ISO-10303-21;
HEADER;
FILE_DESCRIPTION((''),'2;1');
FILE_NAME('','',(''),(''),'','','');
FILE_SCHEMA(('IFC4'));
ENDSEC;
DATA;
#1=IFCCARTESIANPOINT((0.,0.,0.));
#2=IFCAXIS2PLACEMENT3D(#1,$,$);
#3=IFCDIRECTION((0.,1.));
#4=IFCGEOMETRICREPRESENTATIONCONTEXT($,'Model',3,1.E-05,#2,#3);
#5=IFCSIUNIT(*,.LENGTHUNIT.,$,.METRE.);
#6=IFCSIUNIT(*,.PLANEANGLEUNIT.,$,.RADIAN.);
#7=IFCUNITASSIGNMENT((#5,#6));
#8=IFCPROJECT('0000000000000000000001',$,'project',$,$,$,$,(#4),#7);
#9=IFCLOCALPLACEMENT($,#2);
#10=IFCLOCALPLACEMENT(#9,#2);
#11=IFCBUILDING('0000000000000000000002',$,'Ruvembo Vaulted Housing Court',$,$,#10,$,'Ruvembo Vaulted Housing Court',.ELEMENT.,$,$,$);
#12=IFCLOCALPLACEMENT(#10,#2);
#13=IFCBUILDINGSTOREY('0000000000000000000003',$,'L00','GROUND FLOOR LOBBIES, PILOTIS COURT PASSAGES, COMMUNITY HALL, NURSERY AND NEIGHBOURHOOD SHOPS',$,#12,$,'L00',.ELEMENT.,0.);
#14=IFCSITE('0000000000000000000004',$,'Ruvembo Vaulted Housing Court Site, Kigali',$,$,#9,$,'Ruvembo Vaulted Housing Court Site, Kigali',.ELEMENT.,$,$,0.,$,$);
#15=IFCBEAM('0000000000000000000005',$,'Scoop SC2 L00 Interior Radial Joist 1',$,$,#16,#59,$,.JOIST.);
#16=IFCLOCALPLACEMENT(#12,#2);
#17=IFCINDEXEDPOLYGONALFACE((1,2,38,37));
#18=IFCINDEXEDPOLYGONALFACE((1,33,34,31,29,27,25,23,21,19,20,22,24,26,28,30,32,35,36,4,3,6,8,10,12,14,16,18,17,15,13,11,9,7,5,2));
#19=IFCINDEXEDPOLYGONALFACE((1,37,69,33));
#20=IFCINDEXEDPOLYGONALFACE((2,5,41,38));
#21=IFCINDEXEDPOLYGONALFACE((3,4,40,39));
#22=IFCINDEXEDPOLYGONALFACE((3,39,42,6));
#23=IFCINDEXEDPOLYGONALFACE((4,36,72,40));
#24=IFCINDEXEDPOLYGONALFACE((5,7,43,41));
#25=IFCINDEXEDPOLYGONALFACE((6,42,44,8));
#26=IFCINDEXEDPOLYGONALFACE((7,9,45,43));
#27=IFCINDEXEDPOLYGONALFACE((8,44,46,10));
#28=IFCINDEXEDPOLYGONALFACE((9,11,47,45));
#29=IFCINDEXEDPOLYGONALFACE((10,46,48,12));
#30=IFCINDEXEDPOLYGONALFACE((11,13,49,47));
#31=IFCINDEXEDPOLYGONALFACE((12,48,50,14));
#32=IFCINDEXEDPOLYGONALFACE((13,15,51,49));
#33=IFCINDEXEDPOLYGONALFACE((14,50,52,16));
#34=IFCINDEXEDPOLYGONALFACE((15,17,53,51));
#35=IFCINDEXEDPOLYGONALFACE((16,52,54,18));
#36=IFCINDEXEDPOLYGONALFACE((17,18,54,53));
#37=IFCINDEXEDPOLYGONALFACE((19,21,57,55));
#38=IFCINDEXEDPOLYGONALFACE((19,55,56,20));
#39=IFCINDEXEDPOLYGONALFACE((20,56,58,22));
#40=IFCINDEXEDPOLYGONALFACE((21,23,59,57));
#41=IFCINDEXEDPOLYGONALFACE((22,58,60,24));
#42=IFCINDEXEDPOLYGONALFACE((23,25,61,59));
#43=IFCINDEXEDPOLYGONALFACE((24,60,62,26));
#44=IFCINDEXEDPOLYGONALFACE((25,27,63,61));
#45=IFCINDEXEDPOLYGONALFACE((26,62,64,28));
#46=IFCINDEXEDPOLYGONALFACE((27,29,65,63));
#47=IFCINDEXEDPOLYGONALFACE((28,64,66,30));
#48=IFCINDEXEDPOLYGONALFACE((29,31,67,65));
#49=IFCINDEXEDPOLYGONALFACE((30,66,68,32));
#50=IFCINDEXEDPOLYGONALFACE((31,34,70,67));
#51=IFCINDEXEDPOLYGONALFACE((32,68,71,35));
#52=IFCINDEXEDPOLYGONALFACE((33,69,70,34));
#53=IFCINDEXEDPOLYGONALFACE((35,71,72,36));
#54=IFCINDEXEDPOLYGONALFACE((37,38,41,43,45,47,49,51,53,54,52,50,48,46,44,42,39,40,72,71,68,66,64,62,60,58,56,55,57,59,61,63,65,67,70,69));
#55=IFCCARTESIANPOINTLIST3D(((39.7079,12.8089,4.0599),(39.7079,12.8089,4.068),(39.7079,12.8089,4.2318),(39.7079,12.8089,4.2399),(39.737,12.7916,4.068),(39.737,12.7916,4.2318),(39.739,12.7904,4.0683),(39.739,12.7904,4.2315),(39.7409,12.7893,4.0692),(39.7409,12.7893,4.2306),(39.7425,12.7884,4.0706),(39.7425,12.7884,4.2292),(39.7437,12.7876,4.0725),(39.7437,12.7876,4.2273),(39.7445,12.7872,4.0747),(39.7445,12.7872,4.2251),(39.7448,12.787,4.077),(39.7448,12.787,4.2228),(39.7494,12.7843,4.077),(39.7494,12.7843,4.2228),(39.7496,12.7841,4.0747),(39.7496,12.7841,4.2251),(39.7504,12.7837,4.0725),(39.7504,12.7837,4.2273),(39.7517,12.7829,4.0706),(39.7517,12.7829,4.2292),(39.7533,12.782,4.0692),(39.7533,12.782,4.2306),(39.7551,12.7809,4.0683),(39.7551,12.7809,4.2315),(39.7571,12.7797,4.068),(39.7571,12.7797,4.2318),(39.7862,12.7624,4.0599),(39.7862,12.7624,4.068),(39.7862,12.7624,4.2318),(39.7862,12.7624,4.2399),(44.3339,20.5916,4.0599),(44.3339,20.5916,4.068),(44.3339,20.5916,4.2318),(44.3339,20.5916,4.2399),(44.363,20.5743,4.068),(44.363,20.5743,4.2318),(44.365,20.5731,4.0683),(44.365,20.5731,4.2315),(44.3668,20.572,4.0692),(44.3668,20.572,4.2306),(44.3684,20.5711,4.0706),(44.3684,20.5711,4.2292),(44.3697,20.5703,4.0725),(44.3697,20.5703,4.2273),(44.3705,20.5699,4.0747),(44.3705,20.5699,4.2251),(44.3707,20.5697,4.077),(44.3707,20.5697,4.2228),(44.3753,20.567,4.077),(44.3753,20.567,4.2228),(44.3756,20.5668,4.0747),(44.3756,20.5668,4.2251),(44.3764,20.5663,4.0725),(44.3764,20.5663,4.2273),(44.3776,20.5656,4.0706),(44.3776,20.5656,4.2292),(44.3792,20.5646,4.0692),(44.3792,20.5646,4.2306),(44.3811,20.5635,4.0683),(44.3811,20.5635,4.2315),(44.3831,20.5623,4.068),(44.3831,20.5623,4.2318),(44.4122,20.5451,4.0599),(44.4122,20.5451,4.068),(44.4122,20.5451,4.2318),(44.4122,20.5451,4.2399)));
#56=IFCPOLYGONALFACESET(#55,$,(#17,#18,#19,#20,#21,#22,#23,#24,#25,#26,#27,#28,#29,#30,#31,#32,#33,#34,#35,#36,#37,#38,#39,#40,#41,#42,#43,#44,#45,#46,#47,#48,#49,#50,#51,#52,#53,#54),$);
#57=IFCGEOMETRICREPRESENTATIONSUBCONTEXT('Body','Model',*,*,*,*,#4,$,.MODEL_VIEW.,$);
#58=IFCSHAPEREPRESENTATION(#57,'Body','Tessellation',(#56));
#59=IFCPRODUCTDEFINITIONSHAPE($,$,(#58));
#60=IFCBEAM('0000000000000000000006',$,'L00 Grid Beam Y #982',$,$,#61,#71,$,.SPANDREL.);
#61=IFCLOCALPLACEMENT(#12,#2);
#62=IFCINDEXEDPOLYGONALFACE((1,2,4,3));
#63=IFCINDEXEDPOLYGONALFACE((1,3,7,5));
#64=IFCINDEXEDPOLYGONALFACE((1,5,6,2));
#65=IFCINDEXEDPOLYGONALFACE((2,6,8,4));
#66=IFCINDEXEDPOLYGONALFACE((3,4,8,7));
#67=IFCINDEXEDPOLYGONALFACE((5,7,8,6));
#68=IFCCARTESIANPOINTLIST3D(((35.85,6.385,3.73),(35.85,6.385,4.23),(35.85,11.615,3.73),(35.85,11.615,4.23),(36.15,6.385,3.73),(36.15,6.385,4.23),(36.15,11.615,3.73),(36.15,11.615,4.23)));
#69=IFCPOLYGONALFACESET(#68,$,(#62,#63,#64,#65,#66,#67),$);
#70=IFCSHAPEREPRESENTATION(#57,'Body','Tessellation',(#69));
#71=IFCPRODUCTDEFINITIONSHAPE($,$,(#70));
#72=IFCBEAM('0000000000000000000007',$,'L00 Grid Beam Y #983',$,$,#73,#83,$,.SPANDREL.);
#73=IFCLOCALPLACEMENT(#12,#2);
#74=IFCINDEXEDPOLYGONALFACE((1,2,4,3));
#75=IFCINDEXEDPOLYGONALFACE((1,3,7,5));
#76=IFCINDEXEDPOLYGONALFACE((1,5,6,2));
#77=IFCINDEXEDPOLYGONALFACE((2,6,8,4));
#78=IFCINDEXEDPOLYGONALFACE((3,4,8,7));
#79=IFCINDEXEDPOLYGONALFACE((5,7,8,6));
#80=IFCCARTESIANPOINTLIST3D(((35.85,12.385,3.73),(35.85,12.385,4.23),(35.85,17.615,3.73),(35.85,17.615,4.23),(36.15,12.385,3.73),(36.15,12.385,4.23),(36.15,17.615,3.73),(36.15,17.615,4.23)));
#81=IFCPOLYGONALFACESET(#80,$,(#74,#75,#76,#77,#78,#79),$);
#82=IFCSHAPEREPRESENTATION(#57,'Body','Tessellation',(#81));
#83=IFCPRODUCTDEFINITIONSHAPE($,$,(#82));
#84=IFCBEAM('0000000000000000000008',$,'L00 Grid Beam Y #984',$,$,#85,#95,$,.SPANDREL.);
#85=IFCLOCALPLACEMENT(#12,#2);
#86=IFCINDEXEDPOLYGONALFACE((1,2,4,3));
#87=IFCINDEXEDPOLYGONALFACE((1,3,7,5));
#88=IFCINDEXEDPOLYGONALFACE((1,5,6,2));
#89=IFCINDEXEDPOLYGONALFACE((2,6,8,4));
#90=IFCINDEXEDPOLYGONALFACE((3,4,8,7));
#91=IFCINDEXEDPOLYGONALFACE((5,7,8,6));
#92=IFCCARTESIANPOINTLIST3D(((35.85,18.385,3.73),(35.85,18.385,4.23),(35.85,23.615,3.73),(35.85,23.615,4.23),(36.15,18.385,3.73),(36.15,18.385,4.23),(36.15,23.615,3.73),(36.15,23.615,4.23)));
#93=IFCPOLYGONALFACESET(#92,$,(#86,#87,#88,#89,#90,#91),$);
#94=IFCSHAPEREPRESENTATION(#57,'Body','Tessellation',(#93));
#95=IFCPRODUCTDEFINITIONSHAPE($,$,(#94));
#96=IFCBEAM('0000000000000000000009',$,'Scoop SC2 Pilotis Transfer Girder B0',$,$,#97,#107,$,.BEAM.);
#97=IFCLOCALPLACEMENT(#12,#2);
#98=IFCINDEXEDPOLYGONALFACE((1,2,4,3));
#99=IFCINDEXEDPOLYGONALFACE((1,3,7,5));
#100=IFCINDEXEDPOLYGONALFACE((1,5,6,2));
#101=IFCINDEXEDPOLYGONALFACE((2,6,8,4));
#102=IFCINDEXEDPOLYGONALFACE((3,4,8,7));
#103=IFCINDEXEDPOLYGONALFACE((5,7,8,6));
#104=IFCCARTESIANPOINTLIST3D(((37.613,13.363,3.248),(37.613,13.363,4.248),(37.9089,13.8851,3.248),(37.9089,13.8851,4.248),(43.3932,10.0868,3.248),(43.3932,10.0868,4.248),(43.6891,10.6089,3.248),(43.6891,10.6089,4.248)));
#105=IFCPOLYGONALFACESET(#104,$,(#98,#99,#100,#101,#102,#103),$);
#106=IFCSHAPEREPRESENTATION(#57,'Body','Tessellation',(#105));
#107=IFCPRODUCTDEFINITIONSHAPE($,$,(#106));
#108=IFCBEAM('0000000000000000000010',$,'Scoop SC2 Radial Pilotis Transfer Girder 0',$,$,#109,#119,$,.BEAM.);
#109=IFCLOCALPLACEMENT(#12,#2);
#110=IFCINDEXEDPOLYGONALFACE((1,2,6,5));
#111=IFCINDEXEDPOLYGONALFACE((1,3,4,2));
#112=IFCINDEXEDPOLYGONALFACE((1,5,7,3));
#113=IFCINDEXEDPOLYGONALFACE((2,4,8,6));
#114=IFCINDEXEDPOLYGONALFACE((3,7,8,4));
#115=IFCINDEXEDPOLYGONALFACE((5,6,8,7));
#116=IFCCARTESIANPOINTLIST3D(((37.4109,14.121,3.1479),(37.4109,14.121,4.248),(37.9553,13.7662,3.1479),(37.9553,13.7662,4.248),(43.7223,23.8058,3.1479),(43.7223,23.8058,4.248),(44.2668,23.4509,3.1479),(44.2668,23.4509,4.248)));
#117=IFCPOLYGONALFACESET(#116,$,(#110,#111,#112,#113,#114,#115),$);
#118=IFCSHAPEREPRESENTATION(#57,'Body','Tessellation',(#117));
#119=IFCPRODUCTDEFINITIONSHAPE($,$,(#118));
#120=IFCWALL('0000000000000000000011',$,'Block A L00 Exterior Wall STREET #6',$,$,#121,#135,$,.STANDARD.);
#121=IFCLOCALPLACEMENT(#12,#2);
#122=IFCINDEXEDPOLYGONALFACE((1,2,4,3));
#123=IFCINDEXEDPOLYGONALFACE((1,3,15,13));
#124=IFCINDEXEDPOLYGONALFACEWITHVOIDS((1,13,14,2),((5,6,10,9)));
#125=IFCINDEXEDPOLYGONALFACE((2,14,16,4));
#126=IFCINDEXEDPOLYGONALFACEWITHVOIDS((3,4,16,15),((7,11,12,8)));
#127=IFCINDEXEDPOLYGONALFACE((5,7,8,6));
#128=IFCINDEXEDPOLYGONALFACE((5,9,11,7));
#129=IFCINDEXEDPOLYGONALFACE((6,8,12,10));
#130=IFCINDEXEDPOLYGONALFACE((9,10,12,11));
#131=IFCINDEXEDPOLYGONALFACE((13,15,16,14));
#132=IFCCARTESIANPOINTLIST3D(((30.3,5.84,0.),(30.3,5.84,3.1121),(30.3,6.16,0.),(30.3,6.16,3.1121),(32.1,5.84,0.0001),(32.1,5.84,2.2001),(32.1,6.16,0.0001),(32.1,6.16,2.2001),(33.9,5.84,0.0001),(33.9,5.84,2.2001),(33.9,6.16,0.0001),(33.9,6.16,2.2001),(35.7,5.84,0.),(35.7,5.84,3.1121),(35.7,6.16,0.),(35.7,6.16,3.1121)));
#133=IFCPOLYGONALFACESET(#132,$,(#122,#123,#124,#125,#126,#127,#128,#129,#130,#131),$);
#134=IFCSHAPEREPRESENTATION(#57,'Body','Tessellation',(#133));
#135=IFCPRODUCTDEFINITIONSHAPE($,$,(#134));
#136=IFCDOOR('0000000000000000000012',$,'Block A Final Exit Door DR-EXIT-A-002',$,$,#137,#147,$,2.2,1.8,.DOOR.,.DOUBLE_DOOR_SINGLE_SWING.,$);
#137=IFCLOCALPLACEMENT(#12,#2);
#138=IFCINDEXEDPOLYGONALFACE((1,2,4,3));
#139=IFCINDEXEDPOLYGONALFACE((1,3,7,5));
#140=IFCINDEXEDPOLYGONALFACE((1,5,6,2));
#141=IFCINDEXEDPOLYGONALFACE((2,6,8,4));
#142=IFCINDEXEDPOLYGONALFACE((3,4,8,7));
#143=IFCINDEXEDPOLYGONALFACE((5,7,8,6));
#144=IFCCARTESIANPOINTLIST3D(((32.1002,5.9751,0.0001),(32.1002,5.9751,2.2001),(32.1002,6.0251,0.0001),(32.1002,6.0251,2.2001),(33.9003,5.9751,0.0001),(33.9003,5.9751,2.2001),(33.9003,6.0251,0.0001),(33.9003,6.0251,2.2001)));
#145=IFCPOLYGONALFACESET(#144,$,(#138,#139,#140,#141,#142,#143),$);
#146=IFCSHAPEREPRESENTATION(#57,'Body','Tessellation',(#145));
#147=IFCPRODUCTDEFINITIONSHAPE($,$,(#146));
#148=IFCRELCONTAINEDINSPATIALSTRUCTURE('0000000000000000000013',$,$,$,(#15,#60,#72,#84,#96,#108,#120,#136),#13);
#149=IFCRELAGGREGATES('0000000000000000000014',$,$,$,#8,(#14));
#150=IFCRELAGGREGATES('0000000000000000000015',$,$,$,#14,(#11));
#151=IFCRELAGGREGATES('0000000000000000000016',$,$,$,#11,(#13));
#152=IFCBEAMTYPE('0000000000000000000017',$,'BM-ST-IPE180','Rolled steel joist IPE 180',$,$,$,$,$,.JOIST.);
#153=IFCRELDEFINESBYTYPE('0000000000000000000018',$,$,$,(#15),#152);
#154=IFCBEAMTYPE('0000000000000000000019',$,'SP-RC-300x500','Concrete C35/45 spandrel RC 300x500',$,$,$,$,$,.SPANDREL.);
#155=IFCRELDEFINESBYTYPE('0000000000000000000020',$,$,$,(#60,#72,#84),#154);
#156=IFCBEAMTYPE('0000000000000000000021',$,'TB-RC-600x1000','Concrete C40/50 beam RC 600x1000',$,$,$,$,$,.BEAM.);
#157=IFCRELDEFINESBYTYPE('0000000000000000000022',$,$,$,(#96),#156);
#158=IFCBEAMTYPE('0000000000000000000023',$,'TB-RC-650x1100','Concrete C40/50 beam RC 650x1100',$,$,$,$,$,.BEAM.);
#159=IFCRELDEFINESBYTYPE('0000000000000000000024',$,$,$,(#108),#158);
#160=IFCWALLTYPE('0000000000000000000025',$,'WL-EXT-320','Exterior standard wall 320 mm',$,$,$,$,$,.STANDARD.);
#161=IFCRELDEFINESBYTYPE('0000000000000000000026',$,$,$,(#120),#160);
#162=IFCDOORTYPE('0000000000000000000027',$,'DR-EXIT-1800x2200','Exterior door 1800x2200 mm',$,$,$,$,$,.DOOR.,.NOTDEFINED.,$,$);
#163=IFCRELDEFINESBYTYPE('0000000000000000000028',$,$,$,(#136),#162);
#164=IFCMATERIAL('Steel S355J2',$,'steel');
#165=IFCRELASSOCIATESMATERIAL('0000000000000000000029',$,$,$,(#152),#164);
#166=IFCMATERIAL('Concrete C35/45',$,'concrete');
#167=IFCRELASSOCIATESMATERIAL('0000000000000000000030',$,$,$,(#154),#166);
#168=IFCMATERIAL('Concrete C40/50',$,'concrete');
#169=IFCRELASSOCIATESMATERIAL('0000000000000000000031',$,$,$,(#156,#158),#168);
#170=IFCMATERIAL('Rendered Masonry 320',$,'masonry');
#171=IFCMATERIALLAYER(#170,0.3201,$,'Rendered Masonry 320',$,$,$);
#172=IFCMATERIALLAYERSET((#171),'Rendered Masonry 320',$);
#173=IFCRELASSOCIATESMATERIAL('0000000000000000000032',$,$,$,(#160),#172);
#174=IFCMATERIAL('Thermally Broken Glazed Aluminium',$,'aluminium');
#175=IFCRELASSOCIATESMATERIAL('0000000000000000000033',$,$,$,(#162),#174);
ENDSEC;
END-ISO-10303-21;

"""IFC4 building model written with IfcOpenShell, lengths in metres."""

from ifc_helpers import new_model, si_unit, direction, frame, frame_2d, origin, origin_2d, place, context, subcontext, project, spatial, rectangle, i_section, extrude, material, layer, layer_set, material_profile, profile_set, type_object, element, fill, save


model = new_model("IFC4")

# Units and contexts
model_context = context("Model", 3, precision=1e-05, world=origin(), true_north=direction((0.0, 1.0)))
body_context = subcontext(model_context, "Body", "Model", "MODEL_VIEW")
ifc_project = project(units=[si_unit("LENGTHUNIT", "METRE"), si_unit("PLANEANGLEUNIT", "RADIAN")], contexts=[model_context])

# Site, building, storey
site_placement = place(None, origin())
site = spatial("IfcSite", under=ifc_project, at=site_placement, Name="Ruvembo Vaulted Housing Court Site, Kigali", LongName="Ruvembo Vaulted Housing Court Site, Kigali", CompositionType="ELEMENT", RefElevation=0.0)
building_placement = place(site_placement, origin())
building = spatial("IfcBuilding", under=site, at=building_placement, Name="Ruvembo Vaulted Housing Court", LongName="Ruvembo Vaulted Housing Court", CompositionType="ELEMENT")
storey_placement = place(building_placement, origin())
storey = spatial("IfcBuildingStorey", under=building, at=storey_placement, Name="L00", Description="GROUND FLOOR LOBBIES, PILOTIS COURT PASSAGES, COMMUNITY HALL, NURSERY AND NEIGHBOURHOOD SHOPS", LongName="L00", CompositionType="ELEMENT", Elevation=0.0)

# Shared definitions
ifc_material_1 = material(Name="Concrete C40/50", Category="concrete")

# Beams
ifc_material_2 = material(Name="Concrete C35/45", Category="concrete")
ifc_material_3 = material(Name="Steel S355J2", Category="steel")
ifc_material_profile_1 = material_profile(ifc_material_3, i_section(OverallWidth=0.0911, OverallDepth=0.1799, WebThickness=0.0054, FlangeThickness=0.0081, FilletRadius=0.009, at=origin_2d()), Name="IPE 180")
ifc_profile_set_1 = profile_set([ifc_material_profile_1], Name="Steel S355J2")
beam_type_1 = type_object("IfcBeamType", Name="BM-ST-IPE180", Description="Rolled steel joist IPE 180", PredefinedType="JOIST", material=ifc_profile_set_1)
beam_1_placement = place(storey_placement, frame((39.7471, 12.7856, 4.1499), z_axis=(0.510946, 0.859613, 0.0), x_axis=(-0.859613, 0.510946, 0.0)))
element("IfcBeam", 1, at=beam_1_placement, inside=storey, type_object=beam_type_1, Name="Scoop SC2 L00 Interior Radial Joist 1", PredefinedType="JOIST", context=body_context, shape_type="SweptSolid", body=[
    extrude(i_section(OverallWidth=0.0911, OverallDepth=0.1799, WebThickness=0.0054, FlangeThickness=0.0081, FilletRadius=0.009, at=origin_2d()), origin(), (0.0, 0.0, 1.0), 9.0537),
])
ifc_material_profile_2 = material_profile(ifc_material_2, rectangle(XDim=0.3, YDim=0.5, at=origin_2d()), Name="RC 300x500")
ifc_profile_set_2 = profile_set([ifc_material_profile_2], Name="Concrete C35/45")
beam_type_2 = type_object("IfcBeamType", Name="SP-RC-300x500", Description="Concrete C35/45 spandrel RC 300x500", PredefinedType="SPANDREL", material=ifc_profile_set_2)
for number, where, z_axis, x_axis, name in (
    (2, (36.0, 6.385, 3.98), (0.0, 1.0, 0.0), (-1.0, 0.0, 0.0), "L00 Grid Beam Y #982"),
    (3, (36.0, 12.385, 3.98), (0.0, 1.0, 0.0), (-1.0, 0.0, 0.0), "L00 Grid Beam Y #983"),
    (4, (36.0, 18.385, 3.98), (0.0, 1.0, 0.0), (-1.0, 0.0, 0.0), "L00 Grid Beam Y #984"),
):
    element("IfcBeam", number, at=place(storey_placement, frame(where, z_axis=z_axis, x_axis=x_axis)), inside=storey, type_object=beam_type_2, Name=name, PredefinedType="SPANDREL", context=body_context, shape_type="SweptSolid", body=[
        extrude(rectangle(XDim=0.3, YDim=0.5, at=origin_2d()), origin(), (0.0, 0.0, 1.0), 5.23),
    ])
ifc_material_profile_3 = material_profile(ifc_material_1, rectangle(XDim=0.6001, YDim=1.0, at=origin_2d()), Name="RC 600x1000")
ifc_profile_set_3 = profile_set([ifc_material_profile_3], Name="Concrete C40/50")
beam_type_3 = type_object("IfcBeamType", Name="TB-RC-600x1000", Description="Concrete C40/50 beam RC 600x1000", PredefinedType="BEAM", material=ifc_profile_set_3)
beam_2_placement = place(storey_placement, frame((37.761, 13.624, 3.748), z_axis=(0.869972, -0.493101, 0.0), x_axis=(0.493101, 0.869972, 0.0)))
element("IfcBeam", 5, at=beam_2_placement, inside=storey, type_object=beam_type_3, Name="Scoop SC2 Pilotis Transfer Girder B0", PredefinedType="BEAM", context=body_context, shape_type="SweptSolid", body=[
    extrude(rectangle(XDim=0.6001, YDim=1.0, at=origin_2d()), origin(), (0.0, 0.0, 1.0), 6.644),
])
ifc_material_profile_4 = material_profile(ifc_material_1, rectangle(XDim=0.6499, YDim=1.1001, at=origin_2d()), Name="RC 650x1100")
ifc_profile_set_4 = profile_set([ifc_material_profile_4], Name="Concrete C40/50")
beam_type_4 = type_object("IfcBeamType", Name="TB-RC-650x1100", Description="Concrete C40/50 beam RC 650x1100", PredefinedType="BEAM", material=ifc_profile_set_4)
beam_3_placement = place(storey_placement, frame((37.6831, 13.9436, 3.698), z_axis=(0.545985, 0.837795, 0.0), x_axis=(-0.837795, 0.545985, 0.0)))
element("IfcBeam", 6, at=beam_3_placement, inside=storey, type_object=beam_type_4, Name="Scoop SC2 Radial Pilotis Transfer Girder 0", PredefinedType="BEAM", context=body_context, shape_type="SweptSolid", body=[
    extrude(rectangle(XDim=0.6499, YDim=1.1001, at=origin_2d()), origin(), (0.0, 0.0, 1.0), 11.5598),
])

# Wall, opening, door
ifc_material_4 = material(Name="Rendered Masonry 320", Category="masonry")
ifc_layer = layer(ifc_material_4, 0.3201, Name="Rendered Masonry 320")
ifc_layer_set = layer_set([ifc_layer], Name="Rendered Masonry 320")
wall_type = type_object("IfcWallType", Name="WL-EXT-320", Description="Exterior standard wall 320 mm", PredefinedType="STANDARD", material=ifc_layer_set)
wall_1_placement = place(storey_placement, frame((30.3, 6.0, 0.0), z_axis=(0.0, 0.0, 1.0), x_axis=(1.0, 0.0, 0.0)))
wall_1 = element("IfcWall", 7, at=wall_1_placement, inside=storey, type_object=wall_type, Name="Block A L00 Exterior Wall STREET #6", PredefinedType="STANDARD", context=body_context, shape_type="SweptSolid", body=[
    extrude(rectangle(XDim=5.3999, YDim=0.3201, at=frame_2d((2.7, 0.0))), origin(), (0.0, 0.0, 1.0), 3.1121),
])
opening_1_placement = place(wall_1_placement, frame((1.8, 0.0, 0.0)))
opening_1 = element("IfcOpeningElement", 8, at=opening_1_placement, cuts=wall_1, PredefinedType="OPENING", context=body_context, shape_type="SweptSolid", body=[
    extrude(rectangle(XDim=1.8, YDim=2.2, at=frame_2d((0.8999, 1.1001))), frame((0.0, 0.1699, 0.0), z_axis=(0.0, -1.0, 0.0), x_axis=(1.0, 0.0, 0.0)), (0.0, 0.0, 1.0), 0.3401),
])
ifc_material_5 = material(Name="Thermally Broken Glazed Aluminium", Category="aluminium")
door_type = type_object("IfcDoorType", Name="DR-EXIT-1800x2200", Description="Exterior door 1800x2200 mm", OperationType="NOTDEFINED", PredefinedType="DOOR", material=ifc_material_5)
door_placement = place(opening_1_placement, frame((1.8, 0.0, 0.0), z_axis=(0.0, 0.0, 1.0), x_axis=(-1.0, 0.0, 0.0)))
door = element("IfcDoor", 9, at=door_placement, inside=storey, type_object=door_type, Name="Block A Final Exit Door DR-EXIT-A-002", OperationType="DOUBLE_DOOR_SINGLE_SWING", OverallHeight=2.2, OverallWidth=1.8, PredefinedType="DOOR", context=body_context, shape_type="SweptSolid", body=[
    extrude(rectangle(XDim=1.8, YDim=2.2, at=frame_2d((0.8999, 1.1001))), frame((0.0, 0.0249, 0.0), z_axis=(0.0, -1.0, 0.0), x_axis=(1.0, 0.0, 0.0)), (0.0, 0.0, 1.0), 0.05),
])
fill(opening_1, door)

save(model, "model.ifc")
